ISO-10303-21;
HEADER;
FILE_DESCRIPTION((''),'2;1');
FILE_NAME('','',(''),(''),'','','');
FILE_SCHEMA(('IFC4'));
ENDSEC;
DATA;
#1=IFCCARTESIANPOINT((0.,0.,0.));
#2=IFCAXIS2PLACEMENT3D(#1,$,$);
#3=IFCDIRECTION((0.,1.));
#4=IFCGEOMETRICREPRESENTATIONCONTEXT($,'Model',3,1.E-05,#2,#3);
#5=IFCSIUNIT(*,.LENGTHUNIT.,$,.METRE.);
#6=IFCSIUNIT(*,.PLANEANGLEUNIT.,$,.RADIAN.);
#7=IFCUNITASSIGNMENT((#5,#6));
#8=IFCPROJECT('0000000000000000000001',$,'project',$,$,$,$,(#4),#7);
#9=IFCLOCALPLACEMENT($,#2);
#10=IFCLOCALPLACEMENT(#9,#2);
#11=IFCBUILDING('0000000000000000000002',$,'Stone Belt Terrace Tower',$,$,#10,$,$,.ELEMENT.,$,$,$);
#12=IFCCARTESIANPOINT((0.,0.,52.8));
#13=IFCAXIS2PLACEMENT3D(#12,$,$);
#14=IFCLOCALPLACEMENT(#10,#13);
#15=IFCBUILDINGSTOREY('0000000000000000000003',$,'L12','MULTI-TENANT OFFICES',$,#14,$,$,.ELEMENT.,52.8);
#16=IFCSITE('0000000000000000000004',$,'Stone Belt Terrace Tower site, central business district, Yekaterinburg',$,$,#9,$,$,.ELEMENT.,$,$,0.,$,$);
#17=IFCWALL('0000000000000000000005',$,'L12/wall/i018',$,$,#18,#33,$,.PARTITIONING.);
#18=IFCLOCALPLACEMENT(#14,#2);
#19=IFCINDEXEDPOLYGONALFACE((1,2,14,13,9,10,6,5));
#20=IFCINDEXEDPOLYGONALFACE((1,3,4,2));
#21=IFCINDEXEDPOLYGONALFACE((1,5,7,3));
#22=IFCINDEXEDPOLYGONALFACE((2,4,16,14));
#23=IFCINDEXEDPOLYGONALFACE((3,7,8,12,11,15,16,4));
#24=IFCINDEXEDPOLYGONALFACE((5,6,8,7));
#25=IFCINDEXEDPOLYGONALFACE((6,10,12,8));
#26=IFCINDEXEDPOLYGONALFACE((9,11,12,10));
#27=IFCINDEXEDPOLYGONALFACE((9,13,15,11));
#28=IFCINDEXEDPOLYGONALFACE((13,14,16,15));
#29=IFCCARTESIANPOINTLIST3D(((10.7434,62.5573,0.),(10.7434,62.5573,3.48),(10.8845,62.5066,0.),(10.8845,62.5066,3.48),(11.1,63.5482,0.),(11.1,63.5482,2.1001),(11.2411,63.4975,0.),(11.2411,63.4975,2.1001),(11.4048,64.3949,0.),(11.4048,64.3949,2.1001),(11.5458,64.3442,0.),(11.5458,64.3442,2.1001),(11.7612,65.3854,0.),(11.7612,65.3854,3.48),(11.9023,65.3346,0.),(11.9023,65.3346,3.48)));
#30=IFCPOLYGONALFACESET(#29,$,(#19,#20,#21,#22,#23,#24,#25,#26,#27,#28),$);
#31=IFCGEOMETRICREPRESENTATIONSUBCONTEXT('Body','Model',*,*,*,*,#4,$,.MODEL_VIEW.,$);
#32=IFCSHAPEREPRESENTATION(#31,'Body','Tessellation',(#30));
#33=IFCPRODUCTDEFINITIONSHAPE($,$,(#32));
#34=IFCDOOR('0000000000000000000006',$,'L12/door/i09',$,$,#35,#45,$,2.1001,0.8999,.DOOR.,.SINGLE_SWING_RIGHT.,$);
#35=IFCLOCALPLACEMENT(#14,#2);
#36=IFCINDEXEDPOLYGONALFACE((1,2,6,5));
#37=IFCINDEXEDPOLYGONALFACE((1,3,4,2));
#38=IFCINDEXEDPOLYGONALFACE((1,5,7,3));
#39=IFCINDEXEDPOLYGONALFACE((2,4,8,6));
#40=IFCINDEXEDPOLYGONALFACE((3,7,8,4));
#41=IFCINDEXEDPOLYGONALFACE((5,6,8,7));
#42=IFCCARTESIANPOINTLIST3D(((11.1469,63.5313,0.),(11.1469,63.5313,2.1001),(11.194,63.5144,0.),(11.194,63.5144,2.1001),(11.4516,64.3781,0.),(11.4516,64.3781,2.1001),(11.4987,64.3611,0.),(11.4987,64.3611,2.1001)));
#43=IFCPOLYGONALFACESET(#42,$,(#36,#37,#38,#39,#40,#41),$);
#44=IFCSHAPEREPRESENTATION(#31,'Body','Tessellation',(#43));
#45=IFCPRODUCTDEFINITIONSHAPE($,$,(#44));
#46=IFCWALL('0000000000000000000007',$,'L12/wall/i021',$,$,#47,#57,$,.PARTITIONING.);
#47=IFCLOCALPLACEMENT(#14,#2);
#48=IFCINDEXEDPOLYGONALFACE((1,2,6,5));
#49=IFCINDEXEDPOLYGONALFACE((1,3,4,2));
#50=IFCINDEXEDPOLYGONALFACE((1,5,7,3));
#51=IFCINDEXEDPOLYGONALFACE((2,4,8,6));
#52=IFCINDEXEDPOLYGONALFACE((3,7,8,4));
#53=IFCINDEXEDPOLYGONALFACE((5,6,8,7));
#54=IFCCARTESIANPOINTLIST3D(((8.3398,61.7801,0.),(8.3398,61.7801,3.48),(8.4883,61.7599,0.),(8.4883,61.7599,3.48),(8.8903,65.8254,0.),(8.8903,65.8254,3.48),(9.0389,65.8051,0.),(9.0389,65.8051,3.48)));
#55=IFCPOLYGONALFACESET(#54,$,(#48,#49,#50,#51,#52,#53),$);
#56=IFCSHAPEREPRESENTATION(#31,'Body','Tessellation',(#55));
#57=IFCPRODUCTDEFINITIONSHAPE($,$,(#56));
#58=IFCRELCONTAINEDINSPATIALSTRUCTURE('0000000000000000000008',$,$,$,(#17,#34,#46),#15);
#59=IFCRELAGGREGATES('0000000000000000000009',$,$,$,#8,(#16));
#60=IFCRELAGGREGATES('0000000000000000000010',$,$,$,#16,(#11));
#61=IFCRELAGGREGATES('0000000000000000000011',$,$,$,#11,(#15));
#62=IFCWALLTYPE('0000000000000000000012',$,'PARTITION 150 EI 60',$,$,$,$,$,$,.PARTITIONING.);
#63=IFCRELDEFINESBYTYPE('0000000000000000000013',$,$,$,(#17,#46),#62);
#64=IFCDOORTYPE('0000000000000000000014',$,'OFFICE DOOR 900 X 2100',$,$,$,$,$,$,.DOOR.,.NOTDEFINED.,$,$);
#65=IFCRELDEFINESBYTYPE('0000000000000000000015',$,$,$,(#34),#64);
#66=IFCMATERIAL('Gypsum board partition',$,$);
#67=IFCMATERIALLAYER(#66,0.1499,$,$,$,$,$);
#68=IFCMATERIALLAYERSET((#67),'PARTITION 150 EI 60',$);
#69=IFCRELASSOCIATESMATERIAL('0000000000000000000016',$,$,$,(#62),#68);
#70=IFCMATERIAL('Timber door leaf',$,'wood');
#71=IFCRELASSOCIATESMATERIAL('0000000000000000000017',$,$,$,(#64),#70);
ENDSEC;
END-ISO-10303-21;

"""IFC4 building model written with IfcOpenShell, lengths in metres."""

from ifc_helpers import new_model, si_unit, direction, frame, frame_2d, origin, place, context, subcontext, project, spatial, rectangle, extrude, material, layer, layer_set, type_object, element, fill, save


model = new_model("IFC4")

# Units and contexts
model_context = context("Model", 3, precision=1e-05, world=origin(), true_north=direction((0.0, 1.0)))
body_context = subcontext(model_context, "Body", "Model", "MODEL_VIEW")
ifc_project = project(units=[si_unit("LENGTHUNIT", "METRE"), si_unit("PLANEANGLEUNIT", "RADIAN")], contexts=[model_context])

# Site, building, storey
site_placement = place(None, origin())
site = spatial("IfcSite", under=ifc_project, at=site_placement, Name="Stone Belt Terrace Tower site, central business district, Yekaterinburg", CompositionType="ELEMENT", RefElevation=0.0)
building_placement = place(site_placement, origin())
building = spatial("IfcBuilding", under=site, at=building_placement, Name="Stone Belt Terrace Tower", CompositionType="ELEMENT")
storey_placement = place(building_placement, frame((0.0, 0.0, 52.8)))
storey = spatial("IfcBuildingStorey", under=building, at=storey_placement, Name="L12", Description="MULTI-TENANT OFFICES", CompositionType="ELEMENT", Elevation=52.8)

# Wall, opening, door
ifc_material_1 = material(Name="Gypsum board partition")
ifc_layer_1 = layer(ifc_material_1, 0.1499)
ifc_layer_set_1 = layer_set([ifc_layer_1], Name="PARTITION 150 EI 60")
wall_type = type_object("IfcWallType", Name="PARTITION 150 EI 60", PredefinedType="PARTITIONING", material=ifc_layer_set_1)
wall_1_placement = place(storey_placement, frame((11.8318, 65.3601, 0.0), z_axis=(0.0, 0.0, 1.0), x_axis=(-0.33863, -0.94092, 0.0)))
wall_1 = element("IfcWall", 1, at=wall_1_placement, inside=storey, type_object=wall_type, Name="L12/wall/i018", PredefinedType="PARTITIONING", context=body_context, shape_type="SweptSolid", body=[
    extrude(rectangle(XDim=3.0056, YDim=0.1499, at=frame_2d((1.5029, 0.0))), origin(), (0.0, 0.0, 1.0), 3.48),
])
opening_placement = place(wall_1_placement, frame((1.0527, 0.0, 0.0)))
opening = element("IfcOpeningElement", 2, at=opening_placement, cuts=wall_1, PredefinedType="OPENING", context=body_context, shape_type="SweptSolid", body=[
    extrude(rectangle(XDim=0.8999, YDim=2.1001, at=frame_2d((0.45, 1.05))), frame((0.0, 0.085, 0.0), z_axis=(0.0, -1.0, 0.0), x_axis=(1.0, 0.0, 0.0)), (0.0, 0.0, 1.0), 0.1699),
])
ifc_material_2 = material(Name="Timber door leaf", Category="wood")
door_type = type_object("IfcDoorType", Name="OFFICE DOOR 900 X 2100", OperationType="NOTDEFINED", PredefinedType="DOOR", material=ifc_material_2)
door_placement = place(opening_placement, origin())
door = element("IfcDoor", 3, at=door_placement, inside=storey, type_object=door_type, Name="L12/door/i09", OperationType="SINGLE_SWING_RIGHT", OverallHeight=2.1001, OverallWidth=0.8999, PredefinedType="DOOR", context=body_context, shape_type="SweptSolid", body=[
    extrude(rectangle(XDim=0.8999, YDim=2.1001, at=frame_2d((0.45, 1.05))), frame((0.0, 0.0249, 0.0), z_axis=(0.0, -1.0, 0.0), x_axis=(1.0, 0.0, 0.0)), (0.0, 0.0, 1.0), 0.05),
])
fill(opening, door)

# Wall
wall_2_placement = place(storey_placement, frame((8.4141, 61.77, 0.0), z_axis=(0.0, 0.0, 1.0), x_axis=(0.134854, 0.990865, 0.0)))
element("IfcWall", 4, at=wall_2_placement, inside=storey, type_object=wall_type, Name="L12/wall/i021", PredefinedType="PARTITIONING", context=body_context, shape_type="SweptSolid", body=[
    extrude(rectangle(XDim=4.0825, YDim=0.1499, at=frame_2d((2.0413, 0.0))), origin(), (0.0, 0.0, 1.0), 3.48),
])

save(model, "model.ifc")
